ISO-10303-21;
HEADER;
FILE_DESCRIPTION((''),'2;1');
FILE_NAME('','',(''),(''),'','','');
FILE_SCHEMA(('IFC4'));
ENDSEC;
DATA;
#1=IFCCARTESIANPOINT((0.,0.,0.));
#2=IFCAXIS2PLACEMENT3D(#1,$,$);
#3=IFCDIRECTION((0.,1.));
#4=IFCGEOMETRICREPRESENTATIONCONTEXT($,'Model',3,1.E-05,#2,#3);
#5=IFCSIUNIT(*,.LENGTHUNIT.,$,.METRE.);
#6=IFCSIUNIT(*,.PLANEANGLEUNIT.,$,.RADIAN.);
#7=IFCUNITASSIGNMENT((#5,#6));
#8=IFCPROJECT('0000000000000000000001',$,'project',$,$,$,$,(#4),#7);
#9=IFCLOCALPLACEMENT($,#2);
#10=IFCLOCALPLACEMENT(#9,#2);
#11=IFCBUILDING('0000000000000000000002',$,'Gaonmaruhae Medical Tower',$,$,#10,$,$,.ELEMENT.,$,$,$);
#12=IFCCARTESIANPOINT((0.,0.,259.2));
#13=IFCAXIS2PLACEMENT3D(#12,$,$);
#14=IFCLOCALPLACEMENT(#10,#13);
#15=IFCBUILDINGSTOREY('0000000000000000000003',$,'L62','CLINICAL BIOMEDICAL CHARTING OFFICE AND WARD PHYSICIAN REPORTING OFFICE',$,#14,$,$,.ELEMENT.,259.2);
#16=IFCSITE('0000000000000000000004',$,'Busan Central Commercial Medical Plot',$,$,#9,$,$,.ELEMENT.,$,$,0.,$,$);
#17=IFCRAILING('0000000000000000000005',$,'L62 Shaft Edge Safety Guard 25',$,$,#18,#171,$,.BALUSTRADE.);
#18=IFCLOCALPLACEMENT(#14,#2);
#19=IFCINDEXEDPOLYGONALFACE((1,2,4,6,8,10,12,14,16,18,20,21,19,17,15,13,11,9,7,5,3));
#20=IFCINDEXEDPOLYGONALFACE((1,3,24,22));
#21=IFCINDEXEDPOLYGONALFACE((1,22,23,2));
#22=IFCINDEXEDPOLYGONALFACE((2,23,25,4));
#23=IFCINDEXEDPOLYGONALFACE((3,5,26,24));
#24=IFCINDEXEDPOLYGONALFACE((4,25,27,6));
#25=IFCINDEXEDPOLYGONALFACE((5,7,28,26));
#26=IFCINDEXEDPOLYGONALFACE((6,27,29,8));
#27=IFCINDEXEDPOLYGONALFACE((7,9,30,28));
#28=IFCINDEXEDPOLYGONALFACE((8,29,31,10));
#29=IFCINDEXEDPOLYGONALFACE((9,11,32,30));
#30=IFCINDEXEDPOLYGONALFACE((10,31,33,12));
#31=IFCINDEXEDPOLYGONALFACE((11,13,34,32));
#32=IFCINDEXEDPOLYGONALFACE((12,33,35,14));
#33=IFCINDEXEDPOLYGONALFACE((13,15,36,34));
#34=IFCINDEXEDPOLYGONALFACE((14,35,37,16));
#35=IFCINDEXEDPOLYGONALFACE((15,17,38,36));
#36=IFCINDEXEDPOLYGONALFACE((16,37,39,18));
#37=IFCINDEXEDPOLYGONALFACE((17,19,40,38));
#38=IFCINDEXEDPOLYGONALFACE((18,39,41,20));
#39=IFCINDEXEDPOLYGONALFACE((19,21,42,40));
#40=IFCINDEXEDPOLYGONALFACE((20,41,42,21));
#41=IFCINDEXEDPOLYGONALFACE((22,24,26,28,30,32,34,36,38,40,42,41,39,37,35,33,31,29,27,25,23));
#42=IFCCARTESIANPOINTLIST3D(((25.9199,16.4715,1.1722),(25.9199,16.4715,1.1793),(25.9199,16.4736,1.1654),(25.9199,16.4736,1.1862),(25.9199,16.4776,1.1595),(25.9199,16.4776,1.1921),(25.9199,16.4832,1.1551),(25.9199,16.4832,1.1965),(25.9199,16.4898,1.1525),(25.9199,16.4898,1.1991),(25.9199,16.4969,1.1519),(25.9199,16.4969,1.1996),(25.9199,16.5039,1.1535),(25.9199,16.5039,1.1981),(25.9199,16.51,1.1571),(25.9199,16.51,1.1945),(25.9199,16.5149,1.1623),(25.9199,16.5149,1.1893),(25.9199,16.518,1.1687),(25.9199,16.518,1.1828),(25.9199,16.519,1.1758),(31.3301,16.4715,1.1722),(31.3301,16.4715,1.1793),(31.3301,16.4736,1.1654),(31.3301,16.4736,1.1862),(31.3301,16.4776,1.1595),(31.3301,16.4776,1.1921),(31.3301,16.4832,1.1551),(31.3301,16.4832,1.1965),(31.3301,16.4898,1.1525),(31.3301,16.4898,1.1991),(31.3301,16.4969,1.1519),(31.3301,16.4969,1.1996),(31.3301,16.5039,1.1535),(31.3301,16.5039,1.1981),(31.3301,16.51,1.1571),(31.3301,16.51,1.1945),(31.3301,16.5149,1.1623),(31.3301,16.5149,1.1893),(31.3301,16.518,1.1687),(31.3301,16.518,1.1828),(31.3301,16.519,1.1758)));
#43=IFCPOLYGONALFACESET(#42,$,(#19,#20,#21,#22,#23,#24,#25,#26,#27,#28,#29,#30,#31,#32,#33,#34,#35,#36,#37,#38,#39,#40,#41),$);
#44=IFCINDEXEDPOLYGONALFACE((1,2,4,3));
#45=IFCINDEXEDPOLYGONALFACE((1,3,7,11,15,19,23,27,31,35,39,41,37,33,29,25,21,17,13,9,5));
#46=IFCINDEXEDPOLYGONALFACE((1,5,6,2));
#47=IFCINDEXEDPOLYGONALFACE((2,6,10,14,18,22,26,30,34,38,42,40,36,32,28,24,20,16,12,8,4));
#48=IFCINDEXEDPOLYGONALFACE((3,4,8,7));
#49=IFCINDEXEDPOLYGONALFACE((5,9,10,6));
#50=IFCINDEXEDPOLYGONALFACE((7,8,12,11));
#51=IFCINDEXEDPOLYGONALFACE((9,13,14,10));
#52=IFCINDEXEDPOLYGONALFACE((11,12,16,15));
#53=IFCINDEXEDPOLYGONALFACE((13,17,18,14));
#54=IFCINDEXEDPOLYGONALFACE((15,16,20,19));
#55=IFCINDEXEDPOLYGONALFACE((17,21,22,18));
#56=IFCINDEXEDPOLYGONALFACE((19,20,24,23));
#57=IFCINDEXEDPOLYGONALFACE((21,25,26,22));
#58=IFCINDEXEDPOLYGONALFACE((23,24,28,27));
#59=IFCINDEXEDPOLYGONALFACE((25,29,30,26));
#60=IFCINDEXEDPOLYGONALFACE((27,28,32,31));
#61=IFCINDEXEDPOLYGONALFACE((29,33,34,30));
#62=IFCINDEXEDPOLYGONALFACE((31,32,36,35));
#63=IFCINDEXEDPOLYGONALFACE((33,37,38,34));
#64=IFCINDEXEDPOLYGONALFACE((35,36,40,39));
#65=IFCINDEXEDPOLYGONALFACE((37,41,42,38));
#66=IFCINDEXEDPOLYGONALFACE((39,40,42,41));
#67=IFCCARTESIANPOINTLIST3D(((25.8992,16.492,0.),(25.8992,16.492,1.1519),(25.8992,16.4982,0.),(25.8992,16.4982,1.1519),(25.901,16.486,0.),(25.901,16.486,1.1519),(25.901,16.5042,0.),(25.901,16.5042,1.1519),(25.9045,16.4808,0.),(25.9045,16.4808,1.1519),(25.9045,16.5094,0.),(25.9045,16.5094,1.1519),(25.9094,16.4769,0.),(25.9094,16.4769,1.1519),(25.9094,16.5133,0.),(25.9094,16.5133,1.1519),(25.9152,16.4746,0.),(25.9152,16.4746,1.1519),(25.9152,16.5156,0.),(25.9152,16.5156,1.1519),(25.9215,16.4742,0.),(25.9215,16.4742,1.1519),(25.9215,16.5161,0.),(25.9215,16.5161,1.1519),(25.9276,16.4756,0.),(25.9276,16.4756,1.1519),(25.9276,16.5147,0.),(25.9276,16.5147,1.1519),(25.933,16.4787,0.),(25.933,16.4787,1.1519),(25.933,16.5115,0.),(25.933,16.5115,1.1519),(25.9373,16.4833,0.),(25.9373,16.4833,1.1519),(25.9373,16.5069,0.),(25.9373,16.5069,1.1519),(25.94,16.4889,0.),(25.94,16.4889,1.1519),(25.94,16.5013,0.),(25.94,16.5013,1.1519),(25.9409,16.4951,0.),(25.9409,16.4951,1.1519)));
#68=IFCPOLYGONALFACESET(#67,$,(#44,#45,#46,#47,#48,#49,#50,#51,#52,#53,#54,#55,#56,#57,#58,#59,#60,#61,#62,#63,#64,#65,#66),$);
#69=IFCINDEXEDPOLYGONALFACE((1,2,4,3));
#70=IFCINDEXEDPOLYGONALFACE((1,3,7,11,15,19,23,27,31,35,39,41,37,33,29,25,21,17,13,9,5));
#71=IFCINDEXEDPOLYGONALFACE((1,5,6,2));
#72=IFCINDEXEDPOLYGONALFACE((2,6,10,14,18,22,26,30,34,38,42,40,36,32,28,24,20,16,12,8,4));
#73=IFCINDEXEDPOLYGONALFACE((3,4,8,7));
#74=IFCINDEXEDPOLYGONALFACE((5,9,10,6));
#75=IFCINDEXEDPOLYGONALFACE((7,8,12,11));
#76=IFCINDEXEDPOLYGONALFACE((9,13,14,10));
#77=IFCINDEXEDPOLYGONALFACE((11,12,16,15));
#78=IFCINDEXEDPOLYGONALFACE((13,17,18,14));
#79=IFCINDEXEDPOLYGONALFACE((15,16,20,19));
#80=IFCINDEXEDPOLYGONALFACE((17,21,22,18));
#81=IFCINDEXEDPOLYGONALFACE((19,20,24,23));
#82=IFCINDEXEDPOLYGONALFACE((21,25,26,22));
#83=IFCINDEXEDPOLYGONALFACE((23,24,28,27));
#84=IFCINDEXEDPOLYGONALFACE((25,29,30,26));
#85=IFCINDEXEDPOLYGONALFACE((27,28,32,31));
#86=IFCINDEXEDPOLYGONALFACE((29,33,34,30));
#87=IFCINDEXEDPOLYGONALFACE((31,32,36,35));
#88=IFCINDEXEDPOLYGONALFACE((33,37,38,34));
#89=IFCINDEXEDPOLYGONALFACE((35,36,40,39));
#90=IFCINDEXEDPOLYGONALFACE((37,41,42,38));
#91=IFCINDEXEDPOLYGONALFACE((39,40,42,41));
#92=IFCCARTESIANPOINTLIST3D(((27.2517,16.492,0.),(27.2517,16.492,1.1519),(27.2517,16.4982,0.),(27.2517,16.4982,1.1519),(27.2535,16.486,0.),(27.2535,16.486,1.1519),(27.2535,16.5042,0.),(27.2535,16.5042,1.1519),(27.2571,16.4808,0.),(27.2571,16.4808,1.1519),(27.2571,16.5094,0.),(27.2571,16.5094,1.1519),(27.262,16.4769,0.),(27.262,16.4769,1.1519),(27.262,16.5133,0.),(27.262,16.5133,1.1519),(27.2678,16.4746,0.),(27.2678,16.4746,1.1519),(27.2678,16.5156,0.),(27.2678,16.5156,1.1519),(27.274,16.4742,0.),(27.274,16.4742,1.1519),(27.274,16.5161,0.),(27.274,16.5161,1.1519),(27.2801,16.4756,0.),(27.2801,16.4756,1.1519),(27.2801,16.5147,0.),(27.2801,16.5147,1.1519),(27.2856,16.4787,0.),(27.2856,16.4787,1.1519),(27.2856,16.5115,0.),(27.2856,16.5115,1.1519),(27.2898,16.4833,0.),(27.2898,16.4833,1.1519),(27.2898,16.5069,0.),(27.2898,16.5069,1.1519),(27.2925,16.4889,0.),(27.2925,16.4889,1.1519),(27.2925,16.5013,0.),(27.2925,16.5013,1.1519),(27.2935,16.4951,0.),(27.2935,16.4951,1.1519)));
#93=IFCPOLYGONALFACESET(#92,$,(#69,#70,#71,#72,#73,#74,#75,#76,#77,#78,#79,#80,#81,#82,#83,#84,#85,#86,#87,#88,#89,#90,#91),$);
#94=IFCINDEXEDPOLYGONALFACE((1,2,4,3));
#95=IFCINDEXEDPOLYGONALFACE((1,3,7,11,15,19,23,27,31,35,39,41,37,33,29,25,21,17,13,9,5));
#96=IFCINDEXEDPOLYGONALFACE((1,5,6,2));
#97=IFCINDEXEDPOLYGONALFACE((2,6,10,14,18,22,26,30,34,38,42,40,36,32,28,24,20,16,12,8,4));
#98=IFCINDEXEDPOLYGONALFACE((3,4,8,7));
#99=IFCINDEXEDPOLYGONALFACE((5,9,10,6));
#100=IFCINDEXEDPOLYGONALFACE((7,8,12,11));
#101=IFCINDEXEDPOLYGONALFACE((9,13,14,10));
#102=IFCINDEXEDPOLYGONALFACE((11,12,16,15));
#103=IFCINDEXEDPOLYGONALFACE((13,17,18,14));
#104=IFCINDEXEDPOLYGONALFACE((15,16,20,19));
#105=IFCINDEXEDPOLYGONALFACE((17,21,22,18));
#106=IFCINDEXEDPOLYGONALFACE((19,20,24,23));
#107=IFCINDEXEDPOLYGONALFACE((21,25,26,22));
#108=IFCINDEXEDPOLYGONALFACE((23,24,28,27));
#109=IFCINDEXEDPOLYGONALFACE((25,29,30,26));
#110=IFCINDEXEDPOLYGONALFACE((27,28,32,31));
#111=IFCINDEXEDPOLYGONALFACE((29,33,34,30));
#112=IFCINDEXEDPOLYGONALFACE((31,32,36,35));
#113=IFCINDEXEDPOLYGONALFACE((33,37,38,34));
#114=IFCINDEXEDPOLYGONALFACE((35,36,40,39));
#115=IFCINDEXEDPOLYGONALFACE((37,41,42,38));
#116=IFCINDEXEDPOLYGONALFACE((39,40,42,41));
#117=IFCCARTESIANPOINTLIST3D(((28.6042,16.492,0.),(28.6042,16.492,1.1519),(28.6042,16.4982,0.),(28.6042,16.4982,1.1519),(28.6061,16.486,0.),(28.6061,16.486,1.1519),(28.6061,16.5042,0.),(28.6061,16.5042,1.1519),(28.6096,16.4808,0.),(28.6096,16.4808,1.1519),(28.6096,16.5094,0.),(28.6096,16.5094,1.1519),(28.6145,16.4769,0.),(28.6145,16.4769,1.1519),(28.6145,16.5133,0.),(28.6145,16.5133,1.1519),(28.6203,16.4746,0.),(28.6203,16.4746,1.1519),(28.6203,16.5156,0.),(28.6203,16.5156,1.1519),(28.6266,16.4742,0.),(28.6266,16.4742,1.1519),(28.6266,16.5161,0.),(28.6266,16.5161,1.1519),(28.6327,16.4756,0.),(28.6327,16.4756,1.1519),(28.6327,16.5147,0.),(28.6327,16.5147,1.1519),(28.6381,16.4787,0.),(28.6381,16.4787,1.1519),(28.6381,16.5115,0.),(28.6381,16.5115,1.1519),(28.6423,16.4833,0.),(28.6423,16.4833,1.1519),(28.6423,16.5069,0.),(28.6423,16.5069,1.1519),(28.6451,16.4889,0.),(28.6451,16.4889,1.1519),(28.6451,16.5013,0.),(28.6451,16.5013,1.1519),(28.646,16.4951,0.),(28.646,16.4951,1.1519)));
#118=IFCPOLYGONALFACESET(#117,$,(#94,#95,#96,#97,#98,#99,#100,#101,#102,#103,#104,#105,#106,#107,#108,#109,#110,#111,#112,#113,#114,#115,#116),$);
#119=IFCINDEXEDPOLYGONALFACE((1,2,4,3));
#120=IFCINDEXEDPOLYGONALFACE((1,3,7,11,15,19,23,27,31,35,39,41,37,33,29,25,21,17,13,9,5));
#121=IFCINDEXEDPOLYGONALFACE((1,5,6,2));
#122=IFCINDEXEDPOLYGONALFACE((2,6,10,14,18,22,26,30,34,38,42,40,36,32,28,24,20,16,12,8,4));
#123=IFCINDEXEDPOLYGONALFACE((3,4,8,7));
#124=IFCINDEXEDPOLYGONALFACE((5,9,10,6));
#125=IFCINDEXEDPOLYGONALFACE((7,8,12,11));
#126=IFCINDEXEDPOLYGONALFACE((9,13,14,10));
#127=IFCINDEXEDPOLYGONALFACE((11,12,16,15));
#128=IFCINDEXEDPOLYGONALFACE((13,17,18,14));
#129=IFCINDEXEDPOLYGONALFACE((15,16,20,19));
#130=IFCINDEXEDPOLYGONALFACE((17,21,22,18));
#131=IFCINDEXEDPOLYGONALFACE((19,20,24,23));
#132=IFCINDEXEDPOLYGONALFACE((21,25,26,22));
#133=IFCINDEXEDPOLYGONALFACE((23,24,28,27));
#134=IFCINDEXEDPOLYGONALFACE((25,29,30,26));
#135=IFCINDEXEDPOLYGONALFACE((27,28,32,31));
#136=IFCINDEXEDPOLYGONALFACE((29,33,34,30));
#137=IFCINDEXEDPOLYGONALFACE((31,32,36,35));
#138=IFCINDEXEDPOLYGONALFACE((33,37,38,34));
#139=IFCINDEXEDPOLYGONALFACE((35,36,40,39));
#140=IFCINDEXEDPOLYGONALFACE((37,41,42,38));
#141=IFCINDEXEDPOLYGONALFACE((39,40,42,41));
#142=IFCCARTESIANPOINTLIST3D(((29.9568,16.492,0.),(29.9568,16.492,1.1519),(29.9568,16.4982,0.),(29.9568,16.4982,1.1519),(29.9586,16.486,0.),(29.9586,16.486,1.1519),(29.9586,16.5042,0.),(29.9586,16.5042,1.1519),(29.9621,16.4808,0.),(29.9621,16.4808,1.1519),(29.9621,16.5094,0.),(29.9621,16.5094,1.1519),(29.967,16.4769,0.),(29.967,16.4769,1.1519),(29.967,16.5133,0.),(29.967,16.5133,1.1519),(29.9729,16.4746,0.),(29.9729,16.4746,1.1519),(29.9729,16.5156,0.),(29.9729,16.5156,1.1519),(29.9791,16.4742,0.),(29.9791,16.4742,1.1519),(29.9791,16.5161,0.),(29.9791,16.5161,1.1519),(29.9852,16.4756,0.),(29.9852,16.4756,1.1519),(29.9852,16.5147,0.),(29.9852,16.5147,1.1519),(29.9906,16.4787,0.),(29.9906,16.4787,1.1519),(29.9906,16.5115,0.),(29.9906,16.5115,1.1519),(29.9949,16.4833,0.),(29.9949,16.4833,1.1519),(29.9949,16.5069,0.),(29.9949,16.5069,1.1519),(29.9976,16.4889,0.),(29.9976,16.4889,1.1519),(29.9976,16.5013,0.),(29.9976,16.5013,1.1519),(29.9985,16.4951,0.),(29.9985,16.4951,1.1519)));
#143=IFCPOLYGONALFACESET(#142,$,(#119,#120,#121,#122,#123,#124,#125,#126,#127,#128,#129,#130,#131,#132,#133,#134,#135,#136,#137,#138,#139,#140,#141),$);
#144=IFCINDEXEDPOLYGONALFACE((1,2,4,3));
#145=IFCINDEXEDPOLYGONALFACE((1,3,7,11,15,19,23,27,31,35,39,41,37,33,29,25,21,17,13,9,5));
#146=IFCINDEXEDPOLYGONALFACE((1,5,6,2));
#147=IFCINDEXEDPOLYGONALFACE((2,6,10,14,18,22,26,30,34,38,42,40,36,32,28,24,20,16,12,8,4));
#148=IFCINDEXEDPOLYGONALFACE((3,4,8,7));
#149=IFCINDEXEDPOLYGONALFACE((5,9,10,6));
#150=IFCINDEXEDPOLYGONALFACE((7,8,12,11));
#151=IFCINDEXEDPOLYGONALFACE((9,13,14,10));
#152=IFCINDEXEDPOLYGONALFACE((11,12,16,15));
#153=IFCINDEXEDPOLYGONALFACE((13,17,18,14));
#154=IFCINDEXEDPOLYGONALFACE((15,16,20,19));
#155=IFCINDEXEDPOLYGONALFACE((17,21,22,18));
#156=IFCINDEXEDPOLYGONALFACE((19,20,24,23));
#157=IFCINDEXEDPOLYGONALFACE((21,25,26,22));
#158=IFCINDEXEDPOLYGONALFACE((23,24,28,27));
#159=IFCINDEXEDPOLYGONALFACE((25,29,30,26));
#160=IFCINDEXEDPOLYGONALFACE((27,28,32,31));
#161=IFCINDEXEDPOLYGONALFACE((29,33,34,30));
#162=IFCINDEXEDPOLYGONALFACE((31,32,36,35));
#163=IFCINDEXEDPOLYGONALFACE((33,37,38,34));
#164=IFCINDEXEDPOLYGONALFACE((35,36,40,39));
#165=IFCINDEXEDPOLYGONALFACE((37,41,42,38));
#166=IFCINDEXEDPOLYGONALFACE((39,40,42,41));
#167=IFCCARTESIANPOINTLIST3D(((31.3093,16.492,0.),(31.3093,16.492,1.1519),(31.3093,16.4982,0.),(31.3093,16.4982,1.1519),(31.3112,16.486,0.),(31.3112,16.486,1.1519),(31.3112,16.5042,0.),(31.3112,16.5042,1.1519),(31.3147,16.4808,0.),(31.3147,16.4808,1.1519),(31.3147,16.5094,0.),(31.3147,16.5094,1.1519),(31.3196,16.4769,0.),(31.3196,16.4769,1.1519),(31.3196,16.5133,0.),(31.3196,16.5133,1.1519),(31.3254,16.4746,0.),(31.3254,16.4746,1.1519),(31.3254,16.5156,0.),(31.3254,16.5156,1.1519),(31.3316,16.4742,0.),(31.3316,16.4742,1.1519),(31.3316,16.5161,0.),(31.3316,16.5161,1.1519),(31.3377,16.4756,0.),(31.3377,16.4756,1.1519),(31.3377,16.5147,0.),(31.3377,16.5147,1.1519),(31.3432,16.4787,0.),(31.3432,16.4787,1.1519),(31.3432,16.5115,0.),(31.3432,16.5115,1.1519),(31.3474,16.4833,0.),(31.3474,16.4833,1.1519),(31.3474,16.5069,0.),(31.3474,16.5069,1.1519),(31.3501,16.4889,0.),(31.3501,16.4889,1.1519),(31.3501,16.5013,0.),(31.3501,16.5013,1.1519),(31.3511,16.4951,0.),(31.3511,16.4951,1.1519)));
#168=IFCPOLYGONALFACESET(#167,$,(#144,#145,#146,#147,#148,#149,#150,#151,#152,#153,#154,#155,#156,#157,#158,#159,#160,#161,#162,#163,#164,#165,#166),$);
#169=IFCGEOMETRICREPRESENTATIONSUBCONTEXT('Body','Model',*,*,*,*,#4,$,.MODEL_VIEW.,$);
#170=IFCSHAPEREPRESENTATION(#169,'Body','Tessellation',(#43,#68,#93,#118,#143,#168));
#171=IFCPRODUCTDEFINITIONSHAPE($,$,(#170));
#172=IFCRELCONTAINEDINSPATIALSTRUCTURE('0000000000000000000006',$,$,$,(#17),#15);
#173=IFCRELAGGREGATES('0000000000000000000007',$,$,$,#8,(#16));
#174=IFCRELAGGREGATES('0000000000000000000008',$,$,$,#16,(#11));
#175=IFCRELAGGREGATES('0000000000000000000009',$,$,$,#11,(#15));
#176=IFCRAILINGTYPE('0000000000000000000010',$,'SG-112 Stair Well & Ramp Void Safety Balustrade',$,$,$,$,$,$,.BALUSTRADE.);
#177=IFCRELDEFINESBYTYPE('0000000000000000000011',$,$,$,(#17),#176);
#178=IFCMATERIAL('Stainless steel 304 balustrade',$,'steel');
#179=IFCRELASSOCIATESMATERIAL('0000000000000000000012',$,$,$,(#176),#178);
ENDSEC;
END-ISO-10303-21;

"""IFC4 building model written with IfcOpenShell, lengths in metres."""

from ifc_helpers import new_model, si_unit, direction, frame, origin, origin_2d, place, context, subcontext, project, spatial, circle, extrude, material, type_object, element, save


model = new_model("IFC4")

# Units and contexts
model_context = context("Model", 3, precision=1e-05, world=origin(), true_north=direction((0.0, 1.0)))
body_context = subcontext(model_context, "Body", "Model", "MODEL_VIEW")
ifc_project = project(units=[si_unit("LENGTHUNIT", "METRE"), si_unit("PLANEANGLEUNIT", "RADIAN")], contexts=[model_context])

# Site, building, storey
site_placement = place(None, origin())
site = spatial("IfcSite", under=ifc_project, at=site_placement, Name="Busan Central Commercial Medical Plot", CompositionType="ELEMENT", RefElevation=0.0)
building_placement = place(site_placement, origin())
building = spatial("IfcBuilding", under=site, at=building_placement, Name="Gaonmaruhae Medical Tower", CompositionType="ELEMENT")
storey_placement = place(building_placement, frame((0.0, 0.0, 259.2)))
storey = spatial("IfcBuildingStorey", under=building, at=storey_placement, Name="L62", Description="CLINICAL BIOMEDICAL CHARTING OFFICE AND WARD PHYSICIAN REPORTING OFFICE", CompositionType="ELEMENT", Elevation=259.2)

# Railing
ifc_material_1 = material(Name="Stainless steel 304 balustrade", Category="steel")
railing_type = type_object("IfcRailingType", Name="SG-112 Stair Well & Ramp Void Safety Balustrade", PredefinedType="BALUSTRADE", material=ifc_material_1)
railing_1_placement = place(storey_placement, frame((25.9199, 16.4951, 0.0)))
element("IfcRailing", 1, at=railing_1_placement, inside=storey, type_object=railing_type, Name="L62 Shaft Edge Safety Guard 25", PredefinedType="BALUSTRADE", context=body_context, shape_type="SweptSolid", body=[
    extrude(circle(Radius=0.0239, at=origin_2d()), frame((0.0, 0.0, 1.1758), z_axis=(1.0, 0.0, 0.0), x_axis=(0.0, 1.0, 0.0)), (0.0, 0.0, 1.0), 5.4102),
    extrude(circle(Radius=0.021, at=origin_2d()), origin(), (0.0, 0.0, 1.0), 1.1519),
    extrude(circle(Radius=0.021, at=origin_2d()), frame((1.3525, 0.0, 0.0)), (0.0, 0.0, 1.0), 1.1519),
    extrude(circle(Radius=0.021, at=origin_2d()), frame((2.7051, 0.0, 0.0)), (0.0, 0.0, 1.0), 1.1519),
    extrude(circle(Radius=0.021, at=origin_2d()), frame((4.0576, 0.0, 0.0)), (0.0, 0.0, 1.0), 1.1519),
    extrude(circle(Radius=0.021, at=origin_2d()), frame((5.4102, 0.0, 0.0)), (0.0, 0.0, 1.0), 1.1519),
])

save(model, "model.ifc")
